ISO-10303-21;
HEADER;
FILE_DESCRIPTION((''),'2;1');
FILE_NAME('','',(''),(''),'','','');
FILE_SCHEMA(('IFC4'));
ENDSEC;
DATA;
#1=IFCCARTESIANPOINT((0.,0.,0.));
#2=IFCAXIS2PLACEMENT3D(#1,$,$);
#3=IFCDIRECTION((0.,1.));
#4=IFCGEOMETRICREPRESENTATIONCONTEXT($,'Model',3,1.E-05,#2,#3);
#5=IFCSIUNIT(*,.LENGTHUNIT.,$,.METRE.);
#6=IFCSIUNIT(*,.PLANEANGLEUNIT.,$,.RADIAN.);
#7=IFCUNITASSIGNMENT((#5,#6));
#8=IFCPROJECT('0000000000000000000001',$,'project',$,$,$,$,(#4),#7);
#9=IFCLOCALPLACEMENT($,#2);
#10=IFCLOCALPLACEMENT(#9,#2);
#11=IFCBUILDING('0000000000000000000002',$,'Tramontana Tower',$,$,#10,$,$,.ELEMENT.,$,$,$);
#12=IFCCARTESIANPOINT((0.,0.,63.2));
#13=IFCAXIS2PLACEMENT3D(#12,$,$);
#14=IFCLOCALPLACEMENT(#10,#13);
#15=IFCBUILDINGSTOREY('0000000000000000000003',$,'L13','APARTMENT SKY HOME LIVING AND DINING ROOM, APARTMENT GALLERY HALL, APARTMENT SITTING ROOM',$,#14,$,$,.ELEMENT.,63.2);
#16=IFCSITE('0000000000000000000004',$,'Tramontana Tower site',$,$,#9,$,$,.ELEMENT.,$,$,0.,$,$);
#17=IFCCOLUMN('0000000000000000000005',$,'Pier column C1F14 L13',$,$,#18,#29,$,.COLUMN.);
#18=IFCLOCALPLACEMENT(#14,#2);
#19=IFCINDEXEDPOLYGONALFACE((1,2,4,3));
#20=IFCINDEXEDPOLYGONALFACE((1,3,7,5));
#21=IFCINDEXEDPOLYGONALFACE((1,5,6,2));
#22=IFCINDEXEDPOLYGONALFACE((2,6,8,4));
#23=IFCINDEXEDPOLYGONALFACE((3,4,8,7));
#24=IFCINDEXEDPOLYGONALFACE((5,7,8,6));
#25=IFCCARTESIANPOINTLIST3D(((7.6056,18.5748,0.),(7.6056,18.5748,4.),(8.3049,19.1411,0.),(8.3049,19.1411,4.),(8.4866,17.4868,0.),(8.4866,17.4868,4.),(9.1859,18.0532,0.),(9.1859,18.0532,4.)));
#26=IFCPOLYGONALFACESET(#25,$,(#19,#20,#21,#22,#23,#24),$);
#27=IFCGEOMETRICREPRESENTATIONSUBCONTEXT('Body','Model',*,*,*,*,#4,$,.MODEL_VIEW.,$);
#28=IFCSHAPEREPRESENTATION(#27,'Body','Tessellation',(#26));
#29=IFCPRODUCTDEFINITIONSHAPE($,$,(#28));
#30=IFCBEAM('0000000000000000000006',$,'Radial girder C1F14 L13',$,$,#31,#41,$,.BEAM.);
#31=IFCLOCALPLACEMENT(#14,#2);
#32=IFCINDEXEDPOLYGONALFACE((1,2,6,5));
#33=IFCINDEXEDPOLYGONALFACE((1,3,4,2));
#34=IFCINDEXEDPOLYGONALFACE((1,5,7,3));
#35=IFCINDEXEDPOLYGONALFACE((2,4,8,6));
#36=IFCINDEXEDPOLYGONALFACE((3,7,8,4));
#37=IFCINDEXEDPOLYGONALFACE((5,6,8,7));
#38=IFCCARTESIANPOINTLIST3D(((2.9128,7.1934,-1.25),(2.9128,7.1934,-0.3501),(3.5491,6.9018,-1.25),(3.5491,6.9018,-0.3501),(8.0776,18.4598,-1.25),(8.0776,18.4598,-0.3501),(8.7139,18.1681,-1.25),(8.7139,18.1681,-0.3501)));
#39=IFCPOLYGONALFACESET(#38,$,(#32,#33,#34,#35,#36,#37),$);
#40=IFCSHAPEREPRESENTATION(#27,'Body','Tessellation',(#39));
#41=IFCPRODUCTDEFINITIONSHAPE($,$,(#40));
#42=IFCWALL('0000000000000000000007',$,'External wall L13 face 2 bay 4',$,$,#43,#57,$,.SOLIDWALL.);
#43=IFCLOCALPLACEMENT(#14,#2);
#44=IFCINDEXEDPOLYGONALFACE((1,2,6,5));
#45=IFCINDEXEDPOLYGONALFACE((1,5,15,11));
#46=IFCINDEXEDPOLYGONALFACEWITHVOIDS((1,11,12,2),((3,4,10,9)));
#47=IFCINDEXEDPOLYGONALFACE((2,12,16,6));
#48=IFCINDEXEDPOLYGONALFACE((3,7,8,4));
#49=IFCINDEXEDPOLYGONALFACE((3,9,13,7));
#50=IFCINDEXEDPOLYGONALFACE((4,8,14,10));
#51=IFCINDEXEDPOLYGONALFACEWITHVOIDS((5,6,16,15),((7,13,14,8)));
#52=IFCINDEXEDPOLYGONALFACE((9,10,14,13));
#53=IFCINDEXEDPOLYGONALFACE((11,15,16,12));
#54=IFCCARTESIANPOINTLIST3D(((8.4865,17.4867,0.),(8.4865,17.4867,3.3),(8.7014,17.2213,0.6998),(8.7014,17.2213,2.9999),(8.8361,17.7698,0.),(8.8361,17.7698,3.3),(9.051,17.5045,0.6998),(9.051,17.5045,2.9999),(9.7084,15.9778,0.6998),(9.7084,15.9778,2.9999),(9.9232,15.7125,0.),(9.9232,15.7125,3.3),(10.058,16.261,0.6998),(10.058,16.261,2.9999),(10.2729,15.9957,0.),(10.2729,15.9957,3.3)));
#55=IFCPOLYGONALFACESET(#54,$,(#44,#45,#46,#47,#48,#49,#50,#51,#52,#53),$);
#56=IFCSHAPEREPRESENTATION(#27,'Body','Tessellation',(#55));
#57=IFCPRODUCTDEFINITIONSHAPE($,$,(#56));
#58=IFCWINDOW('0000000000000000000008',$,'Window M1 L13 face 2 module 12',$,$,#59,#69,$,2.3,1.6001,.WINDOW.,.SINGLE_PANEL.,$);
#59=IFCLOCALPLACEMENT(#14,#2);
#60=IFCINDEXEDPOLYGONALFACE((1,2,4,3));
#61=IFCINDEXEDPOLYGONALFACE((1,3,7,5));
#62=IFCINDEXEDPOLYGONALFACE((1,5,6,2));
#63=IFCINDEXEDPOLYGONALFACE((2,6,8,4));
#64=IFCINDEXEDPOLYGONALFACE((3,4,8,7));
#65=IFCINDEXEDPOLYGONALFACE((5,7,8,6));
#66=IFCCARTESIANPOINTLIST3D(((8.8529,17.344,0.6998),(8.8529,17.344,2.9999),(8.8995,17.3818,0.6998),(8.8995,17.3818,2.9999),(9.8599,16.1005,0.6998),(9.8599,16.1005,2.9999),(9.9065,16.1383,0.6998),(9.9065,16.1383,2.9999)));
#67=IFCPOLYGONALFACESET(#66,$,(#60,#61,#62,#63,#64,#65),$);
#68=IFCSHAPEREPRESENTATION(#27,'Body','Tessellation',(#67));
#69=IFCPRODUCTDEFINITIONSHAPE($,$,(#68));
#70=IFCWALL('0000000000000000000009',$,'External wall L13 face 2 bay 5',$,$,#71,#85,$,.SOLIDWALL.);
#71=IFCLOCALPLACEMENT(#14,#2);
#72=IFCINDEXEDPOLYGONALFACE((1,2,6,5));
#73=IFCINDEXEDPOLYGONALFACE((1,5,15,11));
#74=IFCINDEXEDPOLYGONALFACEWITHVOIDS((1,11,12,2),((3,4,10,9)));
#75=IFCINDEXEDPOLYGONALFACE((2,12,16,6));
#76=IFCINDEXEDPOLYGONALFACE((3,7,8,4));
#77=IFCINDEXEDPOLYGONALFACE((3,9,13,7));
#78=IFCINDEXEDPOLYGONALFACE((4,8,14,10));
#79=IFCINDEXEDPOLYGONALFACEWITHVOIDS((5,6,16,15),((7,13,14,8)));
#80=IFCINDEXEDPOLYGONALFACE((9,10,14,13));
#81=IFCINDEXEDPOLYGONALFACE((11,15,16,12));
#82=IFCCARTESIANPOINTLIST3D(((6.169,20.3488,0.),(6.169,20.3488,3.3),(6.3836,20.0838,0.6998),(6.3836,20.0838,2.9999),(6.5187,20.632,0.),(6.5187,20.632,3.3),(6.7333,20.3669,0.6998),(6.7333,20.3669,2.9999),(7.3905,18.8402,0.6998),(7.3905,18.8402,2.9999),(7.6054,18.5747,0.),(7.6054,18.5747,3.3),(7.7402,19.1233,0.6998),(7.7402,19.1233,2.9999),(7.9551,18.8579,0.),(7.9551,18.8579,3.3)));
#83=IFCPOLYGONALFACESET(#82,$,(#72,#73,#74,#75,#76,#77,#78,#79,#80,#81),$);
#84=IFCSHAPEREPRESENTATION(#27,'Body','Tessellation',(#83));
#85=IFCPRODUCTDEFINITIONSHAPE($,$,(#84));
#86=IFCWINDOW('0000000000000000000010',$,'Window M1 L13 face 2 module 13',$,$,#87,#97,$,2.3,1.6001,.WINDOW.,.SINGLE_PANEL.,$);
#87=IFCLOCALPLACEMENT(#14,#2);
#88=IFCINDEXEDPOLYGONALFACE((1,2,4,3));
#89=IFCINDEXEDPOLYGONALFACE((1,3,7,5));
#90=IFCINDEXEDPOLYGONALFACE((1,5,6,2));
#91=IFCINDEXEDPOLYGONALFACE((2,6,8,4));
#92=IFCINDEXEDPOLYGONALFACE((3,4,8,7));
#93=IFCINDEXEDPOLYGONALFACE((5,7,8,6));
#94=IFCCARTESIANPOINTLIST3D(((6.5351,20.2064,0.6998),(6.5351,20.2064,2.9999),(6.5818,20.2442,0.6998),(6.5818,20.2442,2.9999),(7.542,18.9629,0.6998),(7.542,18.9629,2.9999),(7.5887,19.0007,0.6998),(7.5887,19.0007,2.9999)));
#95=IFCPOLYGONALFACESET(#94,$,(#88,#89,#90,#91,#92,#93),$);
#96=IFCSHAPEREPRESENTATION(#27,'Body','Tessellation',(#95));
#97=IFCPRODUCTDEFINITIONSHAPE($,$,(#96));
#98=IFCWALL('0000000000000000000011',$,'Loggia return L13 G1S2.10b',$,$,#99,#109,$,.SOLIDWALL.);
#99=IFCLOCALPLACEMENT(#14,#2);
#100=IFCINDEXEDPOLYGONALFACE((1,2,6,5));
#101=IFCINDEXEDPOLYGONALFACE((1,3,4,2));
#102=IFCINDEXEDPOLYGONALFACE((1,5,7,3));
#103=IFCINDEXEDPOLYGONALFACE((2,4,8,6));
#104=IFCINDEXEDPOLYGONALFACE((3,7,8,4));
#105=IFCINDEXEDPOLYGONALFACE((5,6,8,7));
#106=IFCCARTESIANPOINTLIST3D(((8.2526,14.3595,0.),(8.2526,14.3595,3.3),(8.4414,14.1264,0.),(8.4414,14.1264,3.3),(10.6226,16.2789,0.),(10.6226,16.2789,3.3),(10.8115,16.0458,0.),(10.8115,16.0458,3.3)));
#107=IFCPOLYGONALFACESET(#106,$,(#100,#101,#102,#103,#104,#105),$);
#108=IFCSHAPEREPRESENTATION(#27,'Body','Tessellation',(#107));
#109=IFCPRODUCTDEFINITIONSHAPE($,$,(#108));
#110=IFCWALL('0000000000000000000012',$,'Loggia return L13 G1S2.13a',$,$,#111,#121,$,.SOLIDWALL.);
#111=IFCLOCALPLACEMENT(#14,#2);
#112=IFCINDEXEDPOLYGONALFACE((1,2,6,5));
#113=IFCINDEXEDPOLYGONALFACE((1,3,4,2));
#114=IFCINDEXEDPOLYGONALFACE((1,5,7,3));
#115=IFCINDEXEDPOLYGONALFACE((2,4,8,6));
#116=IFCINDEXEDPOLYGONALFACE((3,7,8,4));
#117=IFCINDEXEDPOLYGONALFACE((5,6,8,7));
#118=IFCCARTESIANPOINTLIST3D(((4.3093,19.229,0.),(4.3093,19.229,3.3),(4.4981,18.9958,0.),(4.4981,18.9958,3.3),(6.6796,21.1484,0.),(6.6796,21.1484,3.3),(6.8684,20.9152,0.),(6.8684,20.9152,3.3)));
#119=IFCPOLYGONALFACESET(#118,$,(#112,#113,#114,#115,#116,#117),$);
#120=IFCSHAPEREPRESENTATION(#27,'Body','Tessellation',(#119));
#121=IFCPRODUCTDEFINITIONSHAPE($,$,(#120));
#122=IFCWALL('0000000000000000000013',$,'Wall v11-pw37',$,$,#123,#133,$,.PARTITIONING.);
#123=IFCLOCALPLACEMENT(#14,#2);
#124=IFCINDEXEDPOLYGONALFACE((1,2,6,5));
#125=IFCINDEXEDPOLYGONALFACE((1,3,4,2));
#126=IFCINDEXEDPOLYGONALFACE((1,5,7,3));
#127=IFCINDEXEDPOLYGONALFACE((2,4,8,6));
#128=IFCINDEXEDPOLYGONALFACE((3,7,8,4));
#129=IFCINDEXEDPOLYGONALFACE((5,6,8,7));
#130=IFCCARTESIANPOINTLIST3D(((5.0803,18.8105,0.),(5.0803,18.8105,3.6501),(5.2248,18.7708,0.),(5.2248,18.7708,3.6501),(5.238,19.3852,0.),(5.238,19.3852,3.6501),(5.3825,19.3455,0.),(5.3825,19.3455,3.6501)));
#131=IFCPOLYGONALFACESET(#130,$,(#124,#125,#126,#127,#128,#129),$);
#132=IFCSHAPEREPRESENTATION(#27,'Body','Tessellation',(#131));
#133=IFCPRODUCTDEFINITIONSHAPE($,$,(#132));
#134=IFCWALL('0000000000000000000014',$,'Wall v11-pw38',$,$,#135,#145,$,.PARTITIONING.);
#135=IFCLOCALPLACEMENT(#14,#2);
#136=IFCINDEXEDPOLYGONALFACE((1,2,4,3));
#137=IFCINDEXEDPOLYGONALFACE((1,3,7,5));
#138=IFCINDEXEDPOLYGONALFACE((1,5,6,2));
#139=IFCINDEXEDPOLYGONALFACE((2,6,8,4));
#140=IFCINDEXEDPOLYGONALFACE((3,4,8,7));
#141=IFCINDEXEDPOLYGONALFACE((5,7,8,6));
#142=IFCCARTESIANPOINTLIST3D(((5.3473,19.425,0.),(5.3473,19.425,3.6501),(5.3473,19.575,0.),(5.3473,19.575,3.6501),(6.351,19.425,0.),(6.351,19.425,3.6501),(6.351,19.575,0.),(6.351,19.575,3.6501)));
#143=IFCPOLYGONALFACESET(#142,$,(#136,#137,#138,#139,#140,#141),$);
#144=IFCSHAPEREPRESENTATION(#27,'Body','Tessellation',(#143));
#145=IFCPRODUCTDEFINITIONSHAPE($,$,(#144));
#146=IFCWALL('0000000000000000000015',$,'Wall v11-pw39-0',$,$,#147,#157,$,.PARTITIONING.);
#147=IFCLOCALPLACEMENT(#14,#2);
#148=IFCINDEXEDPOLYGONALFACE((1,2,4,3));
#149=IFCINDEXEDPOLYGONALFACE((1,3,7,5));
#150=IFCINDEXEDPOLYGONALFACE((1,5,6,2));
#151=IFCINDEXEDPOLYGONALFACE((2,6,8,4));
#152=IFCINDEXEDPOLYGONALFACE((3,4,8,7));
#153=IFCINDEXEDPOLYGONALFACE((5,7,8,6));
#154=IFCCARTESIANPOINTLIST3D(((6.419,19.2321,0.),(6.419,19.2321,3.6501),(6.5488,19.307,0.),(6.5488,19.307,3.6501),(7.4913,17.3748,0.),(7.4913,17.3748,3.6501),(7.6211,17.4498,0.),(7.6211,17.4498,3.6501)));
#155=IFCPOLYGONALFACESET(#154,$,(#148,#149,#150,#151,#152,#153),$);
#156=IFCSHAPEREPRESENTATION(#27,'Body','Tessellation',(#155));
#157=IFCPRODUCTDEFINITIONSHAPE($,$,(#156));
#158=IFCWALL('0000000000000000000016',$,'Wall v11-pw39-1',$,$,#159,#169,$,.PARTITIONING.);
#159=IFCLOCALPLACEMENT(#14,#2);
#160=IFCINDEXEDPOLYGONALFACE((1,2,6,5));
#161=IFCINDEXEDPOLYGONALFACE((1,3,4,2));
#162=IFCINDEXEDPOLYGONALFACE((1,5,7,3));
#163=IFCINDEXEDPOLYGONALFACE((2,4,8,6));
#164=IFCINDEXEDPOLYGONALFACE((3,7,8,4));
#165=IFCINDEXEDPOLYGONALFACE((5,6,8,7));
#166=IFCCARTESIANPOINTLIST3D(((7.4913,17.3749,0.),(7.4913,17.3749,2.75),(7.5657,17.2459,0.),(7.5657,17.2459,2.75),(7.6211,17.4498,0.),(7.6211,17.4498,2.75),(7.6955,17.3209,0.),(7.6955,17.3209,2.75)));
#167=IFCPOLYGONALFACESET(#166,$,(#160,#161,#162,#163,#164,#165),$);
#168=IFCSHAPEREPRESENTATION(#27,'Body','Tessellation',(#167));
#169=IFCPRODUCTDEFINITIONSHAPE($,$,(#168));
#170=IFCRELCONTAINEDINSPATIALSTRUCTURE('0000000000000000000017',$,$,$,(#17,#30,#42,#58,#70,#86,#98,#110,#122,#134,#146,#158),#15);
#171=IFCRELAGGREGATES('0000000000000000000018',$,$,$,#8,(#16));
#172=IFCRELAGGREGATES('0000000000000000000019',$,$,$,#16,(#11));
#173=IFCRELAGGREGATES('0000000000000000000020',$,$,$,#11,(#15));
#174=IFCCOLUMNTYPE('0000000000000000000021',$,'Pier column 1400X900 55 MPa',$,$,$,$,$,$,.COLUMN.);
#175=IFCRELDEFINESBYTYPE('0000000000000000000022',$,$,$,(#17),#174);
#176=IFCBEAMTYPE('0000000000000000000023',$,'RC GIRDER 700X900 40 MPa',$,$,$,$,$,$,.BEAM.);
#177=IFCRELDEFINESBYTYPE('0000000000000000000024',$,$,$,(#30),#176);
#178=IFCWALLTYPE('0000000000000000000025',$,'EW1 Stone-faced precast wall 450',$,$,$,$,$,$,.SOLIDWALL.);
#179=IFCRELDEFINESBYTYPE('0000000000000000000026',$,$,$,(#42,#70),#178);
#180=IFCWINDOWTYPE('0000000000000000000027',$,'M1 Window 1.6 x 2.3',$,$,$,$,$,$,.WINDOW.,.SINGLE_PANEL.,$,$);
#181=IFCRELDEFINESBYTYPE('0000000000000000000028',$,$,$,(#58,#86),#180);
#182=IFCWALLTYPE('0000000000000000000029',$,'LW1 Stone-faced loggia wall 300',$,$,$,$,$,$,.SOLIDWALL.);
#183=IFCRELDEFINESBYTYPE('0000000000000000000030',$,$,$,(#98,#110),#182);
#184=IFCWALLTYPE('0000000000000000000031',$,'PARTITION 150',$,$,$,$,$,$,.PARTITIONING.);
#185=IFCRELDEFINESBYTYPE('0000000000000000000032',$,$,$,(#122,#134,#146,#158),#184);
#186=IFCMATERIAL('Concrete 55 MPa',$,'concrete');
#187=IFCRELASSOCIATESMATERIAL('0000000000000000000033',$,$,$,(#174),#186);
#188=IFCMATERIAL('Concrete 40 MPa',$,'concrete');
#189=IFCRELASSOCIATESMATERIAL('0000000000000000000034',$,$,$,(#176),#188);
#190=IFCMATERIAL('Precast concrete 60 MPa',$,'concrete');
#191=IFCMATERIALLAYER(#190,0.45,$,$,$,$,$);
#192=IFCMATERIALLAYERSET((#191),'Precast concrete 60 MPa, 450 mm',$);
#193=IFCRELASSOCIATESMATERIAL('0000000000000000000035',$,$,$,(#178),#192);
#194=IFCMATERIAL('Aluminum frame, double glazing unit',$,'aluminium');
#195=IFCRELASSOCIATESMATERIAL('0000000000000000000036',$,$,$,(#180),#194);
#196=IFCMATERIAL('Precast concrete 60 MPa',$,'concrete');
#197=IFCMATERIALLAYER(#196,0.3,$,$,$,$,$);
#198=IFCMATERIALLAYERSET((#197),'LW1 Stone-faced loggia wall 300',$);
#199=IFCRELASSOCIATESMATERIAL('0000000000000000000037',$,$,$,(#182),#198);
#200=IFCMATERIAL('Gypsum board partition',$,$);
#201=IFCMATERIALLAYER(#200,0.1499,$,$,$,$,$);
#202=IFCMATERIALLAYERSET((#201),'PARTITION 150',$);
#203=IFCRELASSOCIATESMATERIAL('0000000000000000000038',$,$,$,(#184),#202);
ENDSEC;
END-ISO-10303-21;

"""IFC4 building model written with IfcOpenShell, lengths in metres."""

from ifc_helpers import new_model, si_unit, direction, frame, frame_2d, origin, origin_2d, place, context, subcontext, project, spatial, rectangle, extrude, material, layer, layer_set, material_profile, profile_set, type_object, element, fill, save


model = new_model("IFC4")

# Units and contexts
model_context = context("Model", 3, precision=1e-05, world=origin(), true_north=direction((0.0, 1.0)))
body_context = subcontext(model_context, "Body", "Model", "MODEL_VIEW")
ifc_project = project(units=[si_unit("LENGTHUNIT", "METRE"), si_unit("PLANEANGLEUNIT", "RADIAN")], contexts=[model_context])

# Site, building, storey
site_placement = place(None, origin())
site = spatial("IfcSite", under=ifc_project, at=site_placement, Name="Tramontana Tower site", CompositionType="ELEMENT", RefElevation=0.0)
building_placement = place(site_placement, origin())
building = spatial("IfcBuilding", under=site, at=building_placement, Name="Tramontana Tower", CompositionType="ELEMENT")
storey_placement = place(building_placement, frame((0.0, 0.0, 63.2)))
storey = spatial("IfcBuildingStorey", under=building, at=storey_placement, Name="L13", Description="APARTMENT SKY HOME LIVING AND DINING ROOM, APARTMENT GALLERY HALL, APARTMENT SITTING ROOM", CompositionType="ELEMENT", Elevation=63.2)

# Column
ifc_material_1 = material(Name="Concrete 55 MPa", Category="concrete")
ifc_material_profile_1 = material_profile(ifc_material_1, rectangle(XDim=1.3999, YDim=0.8999, at=origin_2d()), Name="Pier column 1400X900 55 MPa")
ifc_profile_set_1 = profile_set([ifc_material_profile_1], Name="Concrete 55 MPa")
column_type = type_object("IfcColumnType", Name="Pier column 1400X900 55 MPa", PredefinedType="COLUMN", material=ifc_profile_set_1)
column_placement = place(storey_placement, frame((8.3958, 18.314, 0.0), z_axis=(0.0, 0.0, 1.0), x_axis=(-0.62932, 0.777146, 0.0)))
element("IfcColumn", 1, at=column_placement, inside=storey, type_object=column_type, Name="Pier column C1F14 L13", PredefinedType="COLUMN", context=body_context, shape_type="SweptSolid", body=[
    extrude(rectangle(XDim=1.3999, YDim=0.8999, at=origin_2d()), origin(), (0.0, 0.0, 1.0), 4.0),
])

# Beam
ifc_material_2 = material(Name="Concrete 40 MPa", Category="concrete")
ifc_material_profile_2 = material_profile(ifc_material_2, rectangle(XDim=0.7, YDim=0.8999, at=origin_2d()), Name="RC GIRDER 700X900 40 MPa")
ifc_profile_set_2 = profile_set([ifc_material_profile_2], Name="Concrete 40 MPa")
beam_type = type_object("IfcBeamType", Name="RC GIRDER 700X900 40 MPa", PredefinedType="BEAM", material=ifc_profile_set_2)
beam_placement = place(storey_placement, frame((8.3958, 18.314, -0.8), z_axis=(-0.416725, -0.909033, 0.0), x_axis=(0.909033, -0.416725, 0.0)))
element("IfcBeam", 2, at=beam_placement, inside=storey, type_object=beam_type, Name="Radial girder C1F14 L13", PredefinedType="BEAM", context=body_context, shape_type="SweptSolid", body=[
    extrude(rectangle(XDim=0.7, YDim=0.8999, at=origin_2d()), origin(), (0.0, 0.0, 1.0), 12.3938),
])

# Walls, openings, windows
ifc_material_3 = material(Name="Precast concrete 60 MPa", Category="concrete")
ifc_layer_1 = layer(ifc_material_3, 0.45)
ifc_layer_set_1 = layer_set([ifc_layer_1], Name="Precast concrete 60 MPa, 450 mm")
wall_type_1 = type_object("IfcWallType", Name="EW1 Stone-faced precast wall 450", PredefinedType="SOLIDWALL", material=ifc_layer_set_1)
wall_1_placement = place(storey_placement, frame((10.0981, 15.854, 0.0), z_axis=(0.0, 0.0, 1.0), x_axis=(-0.62934, 0.77713, 0.0)))
wall_1 = element("IfcWall", 3, at=wall_1_placement, inside=storey, type_object=wall_type_1, Name="External wall L13 face 2 bay 4", PredefinedType="SOLIDWALL", context=body_context, shape_type="SweptSolid", body=[
    extrude(rectangle(XDim=2.283, YDim=0.45, at=frame_2d((1.1416, 0.0))), origin(), (0.0, 0.0, 1.0), 3.3),
])
opening_1_placement = place(wall_1_placement, frame((0.3416, 0.0, 0.7)))
opening_1 = element("IfcOpeningElement", 4, at=opening_1_placement, cuts=wall_1, PredefinedType="OPENING", context=body_context, shape_type="SweptSolid", body=[
    extrude(rectangle(XDim=1.6001, YDim=2.3, at=frame_2d((0.8, 1.1499))), frame((0.0, 0.2349, 0.0), z_axis=(0.0, -1.0, 0.0), x_axis=(1.0, 0.0, 0.0)), (0.0, 0.0, 1.0), 0.47),
])
ifc_material_4 = material(Name="Aluminum frame, double glazing unit", Category="aluminium")
window_type = type_object("IfcWindowType", Name="M1 Window 1.6 x 2.3", PartitioningType="SINGLE_PANEL", PredefinedType="WINDOW", material=ifc_material_4)
window_1_placement = place(opening_1_placement, origin())
window_1 = element("IfcWindow", 5, at=window_1_placement, inside=storey, type_object=window_type, Name="Window M1 L13 face 2 module 12", OverallHeight=2.3, OverallWidth=1.6001, PartitioningType="SINGLE_PANEL", PredefinedType="WINDOW", context=body_context, shape_type="SweptSolid", body=[
    extrude(rectangle(XDim=1.6001, YDim=2.3, at=frame_2d((0.8, 1.1499))), frame((0.0, 0.03, 0.0), z_axis=(0.0, -1.0, 0.0), x_axis=(1.0, 0.0, 0.0)), (0.0, 0.0, 1.0), 0.0601),
])
fill(opening_1, window_1)
wall_2_placement = place(storey_placement, frame((7.7803, 18.7163, 0.0), z_axis=(0.0, 0.0, 1.0), x_axis=(-0.629275, 0.777183, 0.0)))
wall_2 = element("IfcWall", 6, at=wall_2_placement, inside=storey, type_object=wall_type_1, Name="External wall L13 face 2 bay 5", PredefinedType="SOLIDWALL", context=body_context, shape_type="SweptSolid", body=[
    extrude(rectangle(XDim=2.2827, YDim=0.45, at=frame_2d((1.1414, 0.0))), origin(), (0.0, 0.0, 1.0), 3.3),
])
opening_2_placement = place(wall_2_placement, frame((0.3416, 0.0, 0.7)))
opening_2 = element("IfcOpeningElement", 7, at=opening_2_placement, cuts=wall_2, PredefinedType="OPENING", context=body_context, shape_type="SweptSolid", body=[
    extrude(rectangle(XDim=1.6001, YDim=2.3, at=frame_2d((0.8, 1.1499))), frame((0.0, 0.2349, 0.0), z_axis=(0.0, -1.0, 0.0), x_axis=(1.0, 0.0, 0.0)), (0.0, 0.0, 1.0), 0.47),
])
window_2_placement = place(opening_2_placement, origin())
window_2 = element("IfcWindow", 8, at=window_2_placement, inside=storey, type_object=window_type, Name="Window M1 L13 face 2 module 13", OverallHeight=2.3, OverallWidth=1.6001, PartitioningType="SINGLE_PANEL", PredefinedType="WINDOW", context=body_context, shape_type="SweptSolid", body=[
    extrude(rectangle(XDim=1.6001, YDim=2.3, at=frame_2d((0.8, 1.1499))), frame((0.0, 0.03, 0.0), z_axis=(0.0, -1.0, 0.0), x_axis=(1.0, 0.0, 0.0)), (0.0, 0.0, 1.0), 0.0601),
])
fill(opening_2, window_2)

# Walls
ifc_material_5 = material(Name="Precast concrete 60 MPa", Category="concrete")
ifc_layer_2 = layer(ifc_material_5, 0.3)
ifc_layer_set_2 = layer_set([ifc_layer_2], Name="LW1 Stone-faced loggia wall 300")
wall_type_2 = type_object("IfcWallType", Name="LW1 Stone-faced loggia wall 300", PredefinedType="SOLIDWALL", material=ifc_layer_set_2)
wall_3_placement = place(storey_placement, frame((10.717, 16.1624, 0.0), z_axis=(0.0, 0.0, 1.0), x_axis=(-0.777122, -0.62935, 0.0)))
element("IfcWall", 9, at=wall_3_placement, inside=storey, type_object=wall_type_2, Name="Loggia return L13 G1S2.10b", PredefinedType="SOLIDWALL", context=body_context, shape_type="SweptSolid", body=[
    extrude(rectangle(XDim=3.0498, YDim=0.3, at=frame_2d((1.5249, 0.0))), origin(), (0.0, 0.0, 1.0), 3.3),
])
wall_4_placement = place(storey_placement, frame((6.7739, 21.0317, 0.0), z_axis=(0.0, 0.0, 1.0), x_axis=(-0.777154, -0.629311, 0.0)))
element("IfcWall", 10, at=wall_4_placement, inside=storey, type_object=wall_type_2, Name="Loggia return L13 G1S2.13a", PredefinedType="SOLIDWALL", context=body_context, shape_type="SweptSolid", body=[
    extrude(rectangle(XDim=3.05, YDim=0.3, at=frame_2d((1.5249, 0.0))), origin(), (0.0, 0.0, 1.0), 3.3),
])
ifc_material_6 = material(Name="Gypsum board partition")
ifc_layer_3 = layer(ifc_material_6, 0.1499)
ifc_layer_set_3 = layer_set([ifc_layer_3], Name="PARTITION 150")
wall_type_3 = type_object("IfcWallType", Name="PARTITION 150", PredefinedType="PARTITIONING", material=ifc_layer_set_3)
wall_5_placement = place(storey_placement, frame((5.1526, 18.7908, 0.0), z_axis=(0.0, 0.0, 1.0), x_axis=(0.264642, 0.964347, 0.0)))
element("IfcWall", 11, at=wall_5_placement, inside=storey, type_object=wall_type_3, Name="Wall v11-pw37", PredefinedType="PARTITIONING", context=body_context, shape_type="SweptSolid", body=[
    extrude(rectangle(XDim=0.5959, YDim=0.1499, at=frame_2d((0.2979, 0.0))), origin(), (0.0, 0.0, 1.0), 3.6501),
])
wall_6_placement = place(storey_placement, frame((5.3472, 19.5, 0.0), z_axis=(0.0, 0.0, 1.0), x_axis=(1.0, 0.0, 0.0)))
element("IfcWall", 12, at=wall_6_placement, inside=storey, type_object=wall_type_3, Name="Wall v11-pw38", PredefinedType="PARTITIONING", context=body_context, shape_type="SweptSolid", body=[
    extrude(rectangle(XDim=1.0037, YDim=0.1499, at=frame_2d((0.502, 0.0))), origin(), (0.0, 0.0, 1.0), 3.6501),
])
wall_7_placement = place(storey_placement, frame((6.4839, 19.2695, 0.0), z_axis=(0.0, 0.0, 1.0), x_axis=(0.500008, -0.866021, 0.0)))
element("IfcWall", 13, at=wall_7_placement, inside=storey, type_object=wall_type_3, Name="Wall v11-pw39-0", PredefinedType="PARTITIONING", context=body_context, shape_type="SweptSolid", body=[
    extrude(rectangle(XDim=2.1445, YDim=0.1499, at=frame_2d((1.0723, 0.0))), origin(), (0.0, 0.0, 1.0), 3.6501),
])
wall_8_placement = place(storey_placement, frame((7.5562, 17.4124, 0.0), z_axis=(0.0, 0.0, 1.0), x_axis=(0.500196, -0.865912, 0.0)))
element("IfcWall", 14, at=wall_8_placement, inside=storey, type_object=wall_type_3, Name="Wall v11-pw39-1", PredefinedType="PARTITIONING", context=body_context, shape_type="SweptSolid", body=[
    extrude(rectangle(XDim=0.1489, YDim=0.1499, at=frame_2d((0.0745, 0.0))), origin(), (0.0, 0.0, 1.0), 2.75),
])

save(model, "model.ifc")
